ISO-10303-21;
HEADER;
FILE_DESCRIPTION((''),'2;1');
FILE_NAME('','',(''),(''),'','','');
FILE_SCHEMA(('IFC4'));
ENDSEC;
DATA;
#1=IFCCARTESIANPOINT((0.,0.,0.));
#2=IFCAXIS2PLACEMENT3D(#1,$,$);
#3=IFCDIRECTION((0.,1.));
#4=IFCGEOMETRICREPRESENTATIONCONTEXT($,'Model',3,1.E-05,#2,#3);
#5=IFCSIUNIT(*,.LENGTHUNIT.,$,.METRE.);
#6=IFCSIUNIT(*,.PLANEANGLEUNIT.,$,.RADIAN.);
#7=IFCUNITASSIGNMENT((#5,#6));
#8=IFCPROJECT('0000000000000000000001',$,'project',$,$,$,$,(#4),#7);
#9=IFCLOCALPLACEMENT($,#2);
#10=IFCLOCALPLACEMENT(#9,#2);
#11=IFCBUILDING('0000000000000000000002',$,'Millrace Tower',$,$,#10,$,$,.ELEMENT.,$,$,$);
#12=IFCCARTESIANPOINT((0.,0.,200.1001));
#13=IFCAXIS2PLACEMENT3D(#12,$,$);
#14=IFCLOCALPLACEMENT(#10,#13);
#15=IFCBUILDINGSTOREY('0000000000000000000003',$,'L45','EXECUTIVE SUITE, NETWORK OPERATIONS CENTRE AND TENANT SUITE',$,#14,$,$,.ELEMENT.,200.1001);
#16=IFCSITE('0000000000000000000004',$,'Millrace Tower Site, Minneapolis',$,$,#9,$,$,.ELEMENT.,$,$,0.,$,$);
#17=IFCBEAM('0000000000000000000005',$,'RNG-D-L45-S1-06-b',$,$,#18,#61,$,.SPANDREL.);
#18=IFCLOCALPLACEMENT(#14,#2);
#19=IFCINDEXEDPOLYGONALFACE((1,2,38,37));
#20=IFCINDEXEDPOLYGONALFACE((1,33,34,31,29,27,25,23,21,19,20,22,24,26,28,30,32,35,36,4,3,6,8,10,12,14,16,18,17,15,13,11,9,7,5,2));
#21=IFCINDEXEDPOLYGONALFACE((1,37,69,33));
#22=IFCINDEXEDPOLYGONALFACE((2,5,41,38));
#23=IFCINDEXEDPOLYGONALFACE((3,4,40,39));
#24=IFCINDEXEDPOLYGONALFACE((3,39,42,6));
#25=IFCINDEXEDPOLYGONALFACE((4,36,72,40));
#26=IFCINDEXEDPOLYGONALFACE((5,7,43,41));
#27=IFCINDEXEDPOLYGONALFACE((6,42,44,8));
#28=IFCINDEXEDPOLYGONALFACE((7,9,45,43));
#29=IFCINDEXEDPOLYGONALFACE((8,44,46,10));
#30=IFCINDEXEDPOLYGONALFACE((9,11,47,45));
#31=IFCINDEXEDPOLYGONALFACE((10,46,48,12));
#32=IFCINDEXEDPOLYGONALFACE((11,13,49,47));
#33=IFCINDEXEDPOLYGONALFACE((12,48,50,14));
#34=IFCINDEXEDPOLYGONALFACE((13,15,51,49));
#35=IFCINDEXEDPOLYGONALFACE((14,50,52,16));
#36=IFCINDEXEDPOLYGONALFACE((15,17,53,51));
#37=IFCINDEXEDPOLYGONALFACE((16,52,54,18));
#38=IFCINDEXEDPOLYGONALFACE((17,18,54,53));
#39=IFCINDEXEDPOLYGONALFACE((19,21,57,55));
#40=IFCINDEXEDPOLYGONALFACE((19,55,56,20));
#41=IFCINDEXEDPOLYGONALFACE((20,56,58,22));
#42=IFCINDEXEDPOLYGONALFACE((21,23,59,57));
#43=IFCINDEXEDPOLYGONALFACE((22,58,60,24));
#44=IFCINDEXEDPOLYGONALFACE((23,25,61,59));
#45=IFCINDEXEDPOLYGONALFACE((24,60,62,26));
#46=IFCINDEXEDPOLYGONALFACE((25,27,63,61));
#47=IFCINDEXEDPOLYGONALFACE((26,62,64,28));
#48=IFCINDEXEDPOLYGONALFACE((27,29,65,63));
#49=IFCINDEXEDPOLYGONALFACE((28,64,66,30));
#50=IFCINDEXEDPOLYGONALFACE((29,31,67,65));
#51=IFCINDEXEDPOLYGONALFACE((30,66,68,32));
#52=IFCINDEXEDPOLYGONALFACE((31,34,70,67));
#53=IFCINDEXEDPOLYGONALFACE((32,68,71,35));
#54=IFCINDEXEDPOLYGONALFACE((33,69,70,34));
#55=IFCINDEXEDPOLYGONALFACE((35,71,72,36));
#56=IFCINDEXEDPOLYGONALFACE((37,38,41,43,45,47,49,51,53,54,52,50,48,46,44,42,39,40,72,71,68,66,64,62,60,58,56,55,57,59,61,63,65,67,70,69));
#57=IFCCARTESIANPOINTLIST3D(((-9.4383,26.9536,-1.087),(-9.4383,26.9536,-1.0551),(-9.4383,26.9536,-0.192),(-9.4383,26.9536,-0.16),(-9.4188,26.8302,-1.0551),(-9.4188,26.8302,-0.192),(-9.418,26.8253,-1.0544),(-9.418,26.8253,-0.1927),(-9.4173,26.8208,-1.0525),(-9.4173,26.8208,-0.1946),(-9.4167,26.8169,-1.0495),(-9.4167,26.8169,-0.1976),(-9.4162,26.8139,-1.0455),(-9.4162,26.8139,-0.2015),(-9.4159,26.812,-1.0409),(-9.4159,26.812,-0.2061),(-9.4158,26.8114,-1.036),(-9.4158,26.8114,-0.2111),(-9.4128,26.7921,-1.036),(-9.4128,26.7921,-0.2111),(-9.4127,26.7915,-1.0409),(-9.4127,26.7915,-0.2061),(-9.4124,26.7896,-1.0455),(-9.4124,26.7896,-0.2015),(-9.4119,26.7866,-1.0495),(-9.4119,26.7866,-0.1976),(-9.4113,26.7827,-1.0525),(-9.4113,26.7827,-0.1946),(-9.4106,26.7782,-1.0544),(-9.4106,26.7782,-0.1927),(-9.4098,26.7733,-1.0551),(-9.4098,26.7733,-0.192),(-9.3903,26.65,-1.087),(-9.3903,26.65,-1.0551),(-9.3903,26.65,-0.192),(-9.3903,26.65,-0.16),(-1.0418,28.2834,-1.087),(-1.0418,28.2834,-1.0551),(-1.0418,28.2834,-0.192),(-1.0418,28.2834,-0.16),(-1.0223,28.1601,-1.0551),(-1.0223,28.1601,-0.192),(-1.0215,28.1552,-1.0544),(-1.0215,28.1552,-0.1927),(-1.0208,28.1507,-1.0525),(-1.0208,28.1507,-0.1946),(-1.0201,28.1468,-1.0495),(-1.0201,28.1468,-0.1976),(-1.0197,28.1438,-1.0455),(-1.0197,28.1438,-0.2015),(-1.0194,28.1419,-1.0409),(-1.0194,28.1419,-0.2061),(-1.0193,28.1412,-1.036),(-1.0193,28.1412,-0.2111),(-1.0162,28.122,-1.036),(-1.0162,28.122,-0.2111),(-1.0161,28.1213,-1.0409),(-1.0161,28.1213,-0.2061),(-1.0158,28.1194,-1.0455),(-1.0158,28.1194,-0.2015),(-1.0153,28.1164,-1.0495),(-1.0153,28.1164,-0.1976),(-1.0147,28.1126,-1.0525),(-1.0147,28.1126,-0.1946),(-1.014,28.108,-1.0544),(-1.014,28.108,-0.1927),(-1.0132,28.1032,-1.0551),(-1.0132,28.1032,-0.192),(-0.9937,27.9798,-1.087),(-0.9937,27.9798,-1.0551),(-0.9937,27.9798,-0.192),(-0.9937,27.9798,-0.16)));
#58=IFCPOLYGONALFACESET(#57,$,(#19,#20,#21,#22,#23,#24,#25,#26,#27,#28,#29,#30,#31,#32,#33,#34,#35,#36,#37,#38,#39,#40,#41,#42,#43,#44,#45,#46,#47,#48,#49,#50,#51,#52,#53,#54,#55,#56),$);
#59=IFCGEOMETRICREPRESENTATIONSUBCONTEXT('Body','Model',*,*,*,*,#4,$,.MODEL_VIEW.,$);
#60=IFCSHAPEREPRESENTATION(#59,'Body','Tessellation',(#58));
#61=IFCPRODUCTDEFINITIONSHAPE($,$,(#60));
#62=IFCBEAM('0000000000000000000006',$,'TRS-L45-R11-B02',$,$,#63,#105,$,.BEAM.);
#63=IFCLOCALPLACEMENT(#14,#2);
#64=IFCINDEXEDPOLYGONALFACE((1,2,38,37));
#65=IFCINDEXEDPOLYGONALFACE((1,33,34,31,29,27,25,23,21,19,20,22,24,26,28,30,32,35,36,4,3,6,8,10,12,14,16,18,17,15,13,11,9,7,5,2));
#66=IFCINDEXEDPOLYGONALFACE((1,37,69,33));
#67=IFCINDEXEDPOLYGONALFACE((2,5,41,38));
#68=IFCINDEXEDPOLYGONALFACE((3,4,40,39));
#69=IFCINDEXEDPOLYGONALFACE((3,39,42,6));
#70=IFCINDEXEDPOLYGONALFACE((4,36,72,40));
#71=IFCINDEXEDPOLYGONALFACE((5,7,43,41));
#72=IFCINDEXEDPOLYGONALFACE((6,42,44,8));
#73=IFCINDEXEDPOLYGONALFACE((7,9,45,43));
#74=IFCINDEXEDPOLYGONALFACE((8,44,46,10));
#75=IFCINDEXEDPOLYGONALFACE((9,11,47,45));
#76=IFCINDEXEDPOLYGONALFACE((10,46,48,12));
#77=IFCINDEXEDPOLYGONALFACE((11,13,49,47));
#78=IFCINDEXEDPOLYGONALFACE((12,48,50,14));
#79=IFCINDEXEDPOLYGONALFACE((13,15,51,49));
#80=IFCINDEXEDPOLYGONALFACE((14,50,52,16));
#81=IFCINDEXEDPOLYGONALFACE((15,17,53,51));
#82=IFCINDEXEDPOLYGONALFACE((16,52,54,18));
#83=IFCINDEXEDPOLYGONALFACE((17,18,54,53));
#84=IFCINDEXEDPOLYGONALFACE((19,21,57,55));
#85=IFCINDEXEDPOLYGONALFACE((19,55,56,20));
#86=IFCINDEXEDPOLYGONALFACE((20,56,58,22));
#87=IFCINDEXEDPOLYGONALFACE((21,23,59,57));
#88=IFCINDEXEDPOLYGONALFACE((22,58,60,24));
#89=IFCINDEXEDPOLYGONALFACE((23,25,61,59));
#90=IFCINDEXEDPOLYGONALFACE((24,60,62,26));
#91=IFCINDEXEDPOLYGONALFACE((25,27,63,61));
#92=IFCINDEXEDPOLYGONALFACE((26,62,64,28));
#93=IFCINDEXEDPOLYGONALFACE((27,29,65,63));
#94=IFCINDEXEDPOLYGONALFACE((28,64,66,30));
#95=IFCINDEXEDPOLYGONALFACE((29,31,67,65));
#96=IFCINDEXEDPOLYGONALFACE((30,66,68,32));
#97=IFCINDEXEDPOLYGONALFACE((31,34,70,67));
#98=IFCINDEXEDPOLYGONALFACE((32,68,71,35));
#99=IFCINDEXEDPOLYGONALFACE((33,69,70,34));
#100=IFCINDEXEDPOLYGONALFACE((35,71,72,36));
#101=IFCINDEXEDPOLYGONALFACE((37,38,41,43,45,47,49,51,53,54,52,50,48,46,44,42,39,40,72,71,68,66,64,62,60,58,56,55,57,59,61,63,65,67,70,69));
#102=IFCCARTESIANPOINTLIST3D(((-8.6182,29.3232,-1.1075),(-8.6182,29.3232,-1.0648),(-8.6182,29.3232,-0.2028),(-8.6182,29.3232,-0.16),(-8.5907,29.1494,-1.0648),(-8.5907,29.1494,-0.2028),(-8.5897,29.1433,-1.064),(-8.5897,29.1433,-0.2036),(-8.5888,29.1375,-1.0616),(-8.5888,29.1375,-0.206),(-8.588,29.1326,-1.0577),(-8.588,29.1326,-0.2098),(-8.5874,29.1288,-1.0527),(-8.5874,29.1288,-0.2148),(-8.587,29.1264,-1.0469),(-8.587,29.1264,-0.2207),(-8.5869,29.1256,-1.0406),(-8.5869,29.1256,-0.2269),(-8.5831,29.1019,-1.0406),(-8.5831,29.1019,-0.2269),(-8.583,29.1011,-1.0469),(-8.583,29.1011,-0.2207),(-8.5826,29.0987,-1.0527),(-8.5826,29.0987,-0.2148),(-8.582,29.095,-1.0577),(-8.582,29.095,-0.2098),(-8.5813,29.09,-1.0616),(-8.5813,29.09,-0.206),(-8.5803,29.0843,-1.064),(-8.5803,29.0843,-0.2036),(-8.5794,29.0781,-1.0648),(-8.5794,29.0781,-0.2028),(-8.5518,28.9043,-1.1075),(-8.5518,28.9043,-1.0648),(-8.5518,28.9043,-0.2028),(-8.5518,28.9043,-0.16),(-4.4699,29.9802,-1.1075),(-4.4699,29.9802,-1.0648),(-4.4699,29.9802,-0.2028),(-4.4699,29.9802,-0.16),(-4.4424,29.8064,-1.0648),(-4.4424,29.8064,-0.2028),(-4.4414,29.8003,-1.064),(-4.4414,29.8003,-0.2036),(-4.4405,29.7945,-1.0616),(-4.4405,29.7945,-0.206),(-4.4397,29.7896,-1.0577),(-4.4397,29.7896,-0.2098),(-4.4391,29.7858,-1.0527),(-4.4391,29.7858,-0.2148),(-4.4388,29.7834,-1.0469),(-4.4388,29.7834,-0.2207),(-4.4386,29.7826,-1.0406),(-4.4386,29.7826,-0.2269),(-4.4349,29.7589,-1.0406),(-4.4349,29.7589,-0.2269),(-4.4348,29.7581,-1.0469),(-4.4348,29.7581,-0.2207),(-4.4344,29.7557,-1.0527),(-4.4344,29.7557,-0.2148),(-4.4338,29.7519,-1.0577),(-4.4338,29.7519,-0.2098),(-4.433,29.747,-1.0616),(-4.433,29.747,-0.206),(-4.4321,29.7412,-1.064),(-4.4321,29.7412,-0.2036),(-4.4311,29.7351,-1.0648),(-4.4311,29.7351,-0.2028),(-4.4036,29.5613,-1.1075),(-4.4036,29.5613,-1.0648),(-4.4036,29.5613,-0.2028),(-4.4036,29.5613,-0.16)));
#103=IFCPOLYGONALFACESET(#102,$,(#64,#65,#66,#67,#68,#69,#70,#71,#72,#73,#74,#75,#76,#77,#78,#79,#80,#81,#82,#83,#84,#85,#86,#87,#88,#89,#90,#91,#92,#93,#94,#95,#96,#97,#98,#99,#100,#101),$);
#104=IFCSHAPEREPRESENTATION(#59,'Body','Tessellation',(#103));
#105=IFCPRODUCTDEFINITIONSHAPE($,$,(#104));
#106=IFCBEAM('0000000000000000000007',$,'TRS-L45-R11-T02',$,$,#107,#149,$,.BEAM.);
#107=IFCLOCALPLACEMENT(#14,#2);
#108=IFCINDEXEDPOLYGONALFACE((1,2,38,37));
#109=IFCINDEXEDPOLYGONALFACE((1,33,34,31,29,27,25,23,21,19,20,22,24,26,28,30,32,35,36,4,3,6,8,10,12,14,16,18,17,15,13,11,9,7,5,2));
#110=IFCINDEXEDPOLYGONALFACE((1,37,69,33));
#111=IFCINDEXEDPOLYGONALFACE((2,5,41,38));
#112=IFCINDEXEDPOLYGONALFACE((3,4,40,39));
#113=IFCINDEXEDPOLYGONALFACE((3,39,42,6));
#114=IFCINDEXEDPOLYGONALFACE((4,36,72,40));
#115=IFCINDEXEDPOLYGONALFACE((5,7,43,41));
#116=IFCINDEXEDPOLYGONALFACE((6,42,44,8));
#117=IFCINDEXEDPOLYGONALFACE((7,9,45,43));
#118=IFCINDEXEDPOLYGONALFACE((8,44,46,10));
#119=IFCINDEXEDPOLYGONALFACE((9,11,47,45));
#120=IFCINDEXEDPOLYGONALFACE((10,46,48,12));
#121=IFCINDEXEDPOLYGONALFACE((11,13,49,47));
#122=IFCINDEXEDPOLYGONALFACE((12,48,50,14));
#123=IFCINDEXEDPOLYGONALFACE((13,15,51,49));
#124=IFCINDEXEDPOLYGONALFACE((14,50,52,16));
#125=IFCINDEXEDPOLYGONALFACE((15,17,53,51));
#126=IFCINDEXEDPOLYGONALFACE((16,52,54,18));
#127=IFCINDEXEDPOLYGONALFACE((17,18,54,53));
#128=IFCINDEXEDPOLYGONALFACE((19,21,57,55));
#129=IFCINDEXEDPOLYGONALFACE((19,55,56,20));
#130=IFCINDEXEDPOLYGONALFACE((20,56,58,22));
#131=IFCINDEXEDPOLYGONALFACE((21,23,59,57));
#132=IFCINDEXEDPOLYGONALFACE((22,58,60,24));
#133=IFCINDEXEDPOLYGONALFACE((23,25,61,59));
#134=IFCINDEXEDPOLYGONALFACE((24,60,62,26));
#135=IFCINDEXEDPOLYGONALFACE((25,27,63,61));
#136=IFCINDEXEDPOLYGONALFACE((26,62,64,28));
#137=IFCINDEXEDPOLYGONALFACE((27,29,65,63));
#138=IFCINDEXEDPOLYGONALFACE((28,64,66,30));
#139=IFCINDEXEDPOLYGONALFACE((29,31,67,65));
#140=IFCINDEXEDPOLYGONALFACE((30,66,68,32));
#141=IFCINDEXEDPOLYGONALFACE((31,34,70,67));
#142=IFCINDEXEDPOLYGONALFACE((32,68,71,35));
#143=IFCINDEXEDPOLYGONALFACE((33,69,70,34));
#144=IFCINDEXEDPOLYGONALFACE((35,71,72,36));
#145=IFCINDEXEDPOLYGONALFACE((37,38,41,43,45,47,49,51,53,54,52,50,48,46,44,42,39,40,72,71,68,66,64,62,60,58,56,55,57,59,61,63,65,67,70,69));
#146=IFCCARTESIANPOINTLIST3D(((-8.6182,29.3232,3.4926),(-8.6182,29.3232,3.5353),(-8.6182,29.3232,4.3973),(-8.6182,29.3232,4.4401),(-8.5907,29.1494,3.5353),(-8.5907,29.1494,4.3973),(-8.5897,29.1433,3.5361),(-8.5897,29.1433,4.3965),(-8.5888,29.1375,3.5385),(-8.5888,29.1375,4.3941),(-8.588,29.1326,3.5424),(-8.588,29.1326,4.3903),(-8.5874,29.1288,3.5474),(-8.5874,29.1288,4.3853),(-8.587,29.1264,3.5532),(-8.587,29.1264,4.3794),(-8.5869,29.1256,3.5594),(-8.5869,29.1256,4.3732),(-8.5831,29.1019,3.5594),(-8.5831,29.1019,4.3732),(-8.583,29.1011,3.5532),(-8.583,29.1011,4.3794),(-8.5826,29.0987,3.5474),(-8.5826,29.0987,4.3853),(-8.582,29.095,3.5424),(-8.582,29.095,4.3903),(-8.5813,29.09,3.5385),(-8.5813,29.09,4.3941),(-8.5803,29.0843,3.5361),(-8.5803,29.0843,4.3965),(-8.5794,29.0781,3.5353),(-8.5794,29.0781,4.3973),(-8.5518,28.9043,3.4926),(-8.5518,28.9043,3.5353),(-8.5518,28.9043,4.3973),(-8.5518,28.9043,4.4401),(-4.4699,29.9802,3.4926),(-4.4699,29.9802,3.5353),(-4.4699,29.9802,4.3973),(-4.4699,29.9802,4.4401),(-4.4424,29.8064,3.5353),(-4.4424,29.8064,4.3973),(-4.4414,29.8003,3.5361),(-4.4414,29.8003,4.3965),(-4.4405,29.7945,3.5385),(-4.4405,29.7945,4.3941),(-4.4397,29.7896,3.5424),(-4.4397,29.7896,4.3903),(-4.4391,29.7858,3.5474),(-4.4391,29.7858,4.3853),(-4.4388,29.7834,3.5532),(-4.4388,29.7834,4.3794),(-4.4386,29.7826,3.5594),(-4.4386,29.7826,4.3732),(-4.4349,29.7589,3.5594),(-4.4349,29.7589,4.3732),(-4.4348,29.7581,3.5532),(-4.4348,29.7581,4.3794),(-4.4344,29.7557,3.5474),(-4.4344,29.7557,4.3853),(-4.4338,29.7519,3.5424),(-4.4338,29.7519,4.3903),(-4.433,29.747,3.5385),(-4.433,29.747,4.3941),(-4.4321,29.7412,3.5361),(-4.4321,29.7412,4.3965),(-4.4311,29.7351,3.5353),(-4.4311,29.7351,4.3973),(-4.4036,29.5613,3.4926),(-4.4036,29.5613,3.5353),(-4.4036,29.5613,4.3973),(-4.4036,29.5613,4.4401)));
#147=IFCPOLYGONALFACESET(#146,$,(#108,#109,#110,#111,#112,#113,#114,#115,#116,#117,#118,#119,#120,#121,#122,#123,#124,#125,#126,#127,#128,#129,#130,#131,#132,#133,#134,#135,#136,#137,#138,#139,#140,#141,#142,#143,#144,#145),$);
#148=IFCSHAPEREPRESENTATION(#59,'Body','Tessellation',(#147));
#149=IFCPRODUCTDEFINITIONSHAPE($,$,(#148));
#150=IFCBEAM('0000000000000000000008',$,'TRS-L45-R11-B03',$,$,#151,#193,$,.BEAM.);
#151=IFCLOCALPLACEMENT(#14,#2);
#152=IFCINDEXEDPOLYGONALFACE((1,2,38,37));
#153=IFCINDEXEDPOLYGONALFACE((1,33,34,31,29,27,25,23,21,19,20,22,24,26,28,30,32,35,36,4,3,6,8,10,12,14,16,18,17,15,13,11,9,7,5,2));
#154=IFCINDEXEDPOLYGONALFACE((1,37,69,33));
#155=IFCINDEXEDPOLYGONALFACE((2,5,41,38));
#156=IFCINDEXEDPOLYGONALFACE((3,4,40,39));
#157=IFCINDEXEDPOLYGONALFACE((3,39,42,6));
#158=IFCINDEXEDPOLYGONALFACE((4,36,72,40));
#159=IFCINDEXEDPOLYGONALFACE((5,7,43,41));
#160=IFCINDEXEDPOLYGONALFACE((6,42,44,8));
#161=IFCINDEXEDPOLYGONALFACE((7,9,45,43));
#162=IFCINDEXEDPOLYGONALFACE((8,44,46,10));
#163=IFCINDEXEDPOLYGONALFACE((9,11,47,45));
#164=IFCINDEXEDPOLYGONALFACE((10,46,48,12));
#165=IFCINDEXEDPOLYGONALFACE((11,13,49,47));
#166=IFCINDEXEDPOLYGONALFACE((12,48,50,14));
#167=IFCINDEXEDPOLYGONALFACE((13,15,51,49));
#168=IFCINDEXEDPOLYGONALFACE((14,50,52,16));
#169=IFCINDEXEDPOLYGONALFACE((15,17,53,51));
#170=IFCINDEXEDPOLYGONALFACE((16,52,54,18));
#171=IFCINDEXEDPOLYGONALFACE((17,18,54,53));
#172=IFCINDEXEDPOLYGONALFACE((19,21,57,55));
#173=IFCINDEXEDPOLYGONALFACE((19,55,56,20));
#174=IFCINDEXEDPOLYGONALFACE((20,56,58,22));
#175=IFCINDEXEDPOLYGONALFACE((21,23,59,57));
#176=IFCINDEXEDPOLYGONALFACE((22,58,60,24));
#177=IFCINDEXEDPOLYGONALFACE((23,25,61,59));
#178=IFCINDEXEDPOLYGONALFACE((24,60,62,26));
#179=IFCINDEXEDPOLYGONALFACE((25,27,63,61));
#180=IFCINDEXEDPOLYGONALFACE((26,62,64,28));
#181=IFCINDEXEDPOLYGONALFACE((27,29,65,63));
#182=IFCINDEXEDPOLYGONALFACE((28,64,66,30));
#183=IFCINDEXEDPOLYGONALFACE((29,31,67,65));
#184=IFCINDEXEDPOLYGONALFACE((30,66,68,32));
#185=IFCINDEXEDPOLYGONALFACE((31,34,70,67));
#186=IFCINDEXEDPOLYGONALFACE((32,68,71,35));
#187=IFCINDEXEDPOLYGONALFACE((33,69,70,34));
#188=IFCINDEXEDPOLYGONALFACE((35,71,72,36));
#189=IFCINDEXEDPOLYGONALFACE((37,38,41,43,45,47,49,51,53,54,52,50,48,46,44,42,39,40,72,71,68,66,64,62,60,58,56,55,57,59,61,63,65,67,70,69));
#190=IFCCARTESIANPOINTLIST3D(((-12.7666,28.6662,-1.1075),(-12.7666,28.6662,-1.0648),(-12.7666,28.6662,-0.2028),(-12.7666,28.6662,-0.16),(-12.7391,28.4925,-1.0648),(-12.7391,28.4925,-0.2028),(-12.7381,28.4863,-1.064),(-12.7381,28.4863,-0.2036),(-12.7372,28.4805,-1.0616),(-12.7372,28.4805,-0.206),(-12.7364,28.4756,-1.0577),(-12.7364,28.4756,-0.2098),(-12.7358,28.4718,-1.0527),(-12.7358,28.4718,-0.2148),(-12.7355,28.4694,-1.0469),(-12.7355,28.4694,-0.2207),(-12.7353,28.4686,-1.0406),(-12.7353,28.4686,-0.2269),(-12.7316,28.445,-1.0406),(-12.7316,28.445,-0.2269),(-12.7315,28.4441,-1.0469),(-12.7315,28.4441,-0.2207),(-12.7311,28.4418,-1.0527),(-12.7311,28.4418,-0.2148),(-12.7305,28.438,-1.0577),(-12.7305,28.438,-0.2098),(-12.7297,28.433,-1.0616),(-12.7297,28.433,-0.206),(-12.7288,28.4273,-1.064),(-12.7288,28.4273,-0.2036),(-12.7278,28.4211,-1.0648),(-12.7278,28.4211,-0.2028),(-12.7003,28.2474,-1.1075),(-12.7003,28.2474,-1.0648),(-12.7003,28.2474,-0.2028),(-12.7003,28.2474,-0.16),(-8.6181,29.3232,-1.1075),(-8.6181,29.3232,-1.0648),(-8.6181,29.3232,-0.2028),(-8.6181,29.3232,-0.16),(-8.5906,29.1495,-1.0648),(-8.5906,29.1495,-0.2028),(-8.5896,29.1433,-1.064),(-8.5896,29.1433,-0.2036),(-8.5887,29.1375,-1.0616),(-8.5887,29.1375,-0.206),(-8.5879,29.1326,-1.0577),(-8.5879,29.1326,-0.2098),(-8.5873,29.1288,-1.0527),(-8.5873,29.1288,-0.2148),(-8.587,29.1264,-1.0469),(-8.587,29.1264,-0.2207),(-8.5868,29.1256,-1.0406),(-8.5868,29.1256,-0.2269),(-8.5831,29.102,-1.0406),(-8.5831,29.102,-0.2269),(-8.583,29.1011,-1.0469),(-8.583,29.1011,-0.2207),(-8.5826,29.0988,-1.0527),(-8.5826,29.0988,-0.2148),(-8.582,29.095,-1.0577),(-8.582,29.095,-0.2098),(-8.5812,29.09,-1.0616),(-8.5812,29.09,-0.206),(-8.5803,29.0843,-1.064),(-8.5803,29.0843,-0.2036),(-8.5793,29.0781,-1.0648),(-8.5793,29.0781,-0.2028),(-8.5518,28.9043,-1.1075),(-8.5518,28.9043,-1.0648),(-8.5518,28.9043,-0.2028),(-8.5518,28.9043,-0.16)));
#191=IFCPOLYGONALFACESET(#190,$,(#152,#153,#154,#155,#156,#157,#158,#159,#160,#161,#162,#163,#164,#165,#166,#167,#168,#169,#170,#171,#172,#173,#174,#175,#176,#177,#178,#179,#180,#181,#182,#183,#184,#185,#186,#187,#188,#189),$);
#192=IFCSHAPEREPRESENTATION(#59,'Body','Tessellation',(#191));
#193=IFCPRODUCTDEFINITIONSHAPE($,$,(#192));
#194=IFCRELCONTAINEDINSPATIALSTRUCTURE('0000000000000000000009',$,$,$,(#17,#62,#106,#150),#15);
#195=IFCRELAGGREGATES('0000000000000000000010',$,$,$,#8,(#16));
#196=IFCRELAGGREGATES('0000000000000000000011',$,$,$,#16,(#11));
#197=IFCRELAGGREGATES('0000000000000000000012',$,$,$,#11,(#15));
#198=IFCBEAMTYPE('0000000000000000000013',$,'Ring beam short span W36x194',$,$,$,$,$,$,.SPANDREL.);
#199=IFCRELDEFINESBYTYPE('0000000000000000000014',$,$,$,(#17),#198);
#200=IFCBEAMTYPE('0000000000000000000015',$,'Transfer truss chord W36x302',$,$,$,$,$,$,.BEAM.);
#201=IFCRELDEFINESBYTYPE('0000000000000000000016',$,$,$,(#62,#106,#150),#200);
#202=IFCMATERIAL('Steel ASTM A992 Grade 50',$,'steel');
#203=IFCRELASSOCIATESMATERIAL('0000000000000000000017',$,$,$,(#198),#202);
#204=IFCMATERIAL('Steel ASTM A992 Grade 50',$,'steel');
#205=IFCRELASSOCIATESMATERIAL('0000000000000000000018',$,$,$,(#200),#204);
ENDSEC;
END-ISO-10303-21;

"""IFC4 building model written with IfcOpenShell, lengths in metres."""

from ifc_helpers import new_model, si_unit, direction, frame, origin, origin_2d, place, context, subcontext, project, spatial, i_section, extrude, material, material_profile, profile_set, type_object, element, save


model = new_model("IFC4")

# Units and contexts
model_context = context("Model", 3, precision=1e-05, world=origin(), true_north=direction((0.0, 1.0)))
body_context = subcontext(model_context, "Body", "Model", "MODEL_VIEW")
ifc_project = project(units=[si_unit("LENGTHUNIT", "METRE"), si_unit("PLANEANGLEUNIT", "RADIAN")], contexts=[model_context])

# Site, building, storey
site_placement = place(None, origin())
site = spatial("IfcSite", under=ifc_project, at=site_placement, Name="Millrace Tower Site, Minneapolis", CompositionType="ELEMENT", RefElevation=0.0)
building_placement = place(site_placement, origin())
building = spatial("IfcBuilding", under=site, at=building_placement, Name="Millrace Tower", CompositionType="ELEMENT")
storey_placement = place(building_placement, frame((0.0, 0.0, 200.1001)))
storey = spatial("IfcBuildingStorey", under=building, at=storey_placement, Name="L45", Description="EXECUTIVE SUITE, NETWORK OPERATIONS CENTRE AND TENANT SUITE", CompositionType="ELEMENT", Elevation=200.1001)

# Beams
ifc_material_1 = material(Name="Steel ASTM A992 Grade 50", Category="steel")
ifc_material_profile_1 = material_profile(ifc_material_1, i_section(OverallWidth=0.3074, OverallDepth=0.927, WebThickness=0.0195, FlangeThickness=0.032, FilletRadius=0.019, at=origin_2d()))
ifc_profile_set_1 = profile_set([ifc_material_profile_1], Name="Steel ASTM A992 Grade 50")
beam_type_1 = type_object("IfcBeamType", Name="Ring beam short span W36x194", PredefinedType="SPANDREL", material=ifc_profile_set_1)
beam_1_placement = place(storey_placement, frame((-9.4143, 26.8018, -0.6235), z_axis=(0.987689, 0.15643, 0.0), x_axis=(-0.15643, 0.987689, 0.0)))
element("IfcBeam", 1, at=beam_1_placement, inside=storey, type_object=beam_type_1, Name="RNG-D-L45-S1-06-b", PredefinedType="SPANDREL", context=body_context, shape_type="SweptSolid", body=[
    extrude(i_section(OverallWidth=0.3074, OverallDepth=0.927, WebThickness=0.0195, FlangeThickness=0.032, FilletRadius=0.019, at=origin_2d()), origin(), (0.0, 0.0, 1.0), 8.5012),
])
ifc_material_2 = material(Name="Steel ASTM A992 Grade 50", Category="steel")
ifc_material_profile_2 = material_profile(ifc_material_2, i_section(OverallWidth=0.4241, OverallDepth=0.9475, WebThickness=0.0239, FlangeThickness=0.0427, FilletRadius=0.0242, at=origin_2d()))
ifc_profile_set_2 = profile_set([ifc_material_profile_2], Name="Steel ASTM A992 Grade 50")
beam_type_2 = type_object("IfcBeamType", Name="Transfer truss chord W36x302", PredefinedType="BEAM", material=ifc_profile_set_2)
for number, where, z_axis, x_axis, name in (
    (2, (-4.4368, 29.7708, -0.6338), (-0.987689, -0.156428, 0.0), (0.156428, -0.987689, 0.0), "TRS-L45-R11-B02"),
    (3, (-4.4368, 29.7708, 3.9663), (-0.987689, -0.156428, 0.0), (0.156428, -0.987689, 0.0), "TRS-L45-R11-T02"),
):
    element("IfcBeam", number, at=place(storey_placement, frame(where, z_axis=z_axis, x_axis=x_axis)), inside=storey, type_object=beam_type_2, Name=name, PredefinedType="BEAM", context=body_context, shape_type="SweptSolid", body=[
        extrude(i_section(OverallWidth=0.4241, OverallDepth=0.9475, WebThickness=0.0239, FlangeThickness=0.0427, FilletRadius=0.0242, at=origin_2d()), origin(), (0.0, 0.0, 1.0), 4.2),
    ])
for number, where, z_axis, x_axis, name in (
    (4, (-8.585, 29.1138, -0.6338), (-0.987691, -0.156419, 0.0), (0.156419, -0.987691, 0.0), "TRS-L45-R11-B03"),
):
    element("IfcBeam", number, at=place(storey_placement, frame(where, z_axis=z_axis, x_axis=x_axis)), inside=storey, type_object=beam_type_2, Name=name, PredefinedType="BEAM", context=body_context, shape_type="SweptSolid", body=[
        extrude(i_section(OverallWidth=0.4241, OverallDepth=0.9475, WebThickness=0.0239, FlangeThickness=0.0427, FilletRadius=0.0242, at=origin_2d()), origin(), (0.0, 0.0, 1.0), 4.2002),
    ])

save(model, "model.ifc")
